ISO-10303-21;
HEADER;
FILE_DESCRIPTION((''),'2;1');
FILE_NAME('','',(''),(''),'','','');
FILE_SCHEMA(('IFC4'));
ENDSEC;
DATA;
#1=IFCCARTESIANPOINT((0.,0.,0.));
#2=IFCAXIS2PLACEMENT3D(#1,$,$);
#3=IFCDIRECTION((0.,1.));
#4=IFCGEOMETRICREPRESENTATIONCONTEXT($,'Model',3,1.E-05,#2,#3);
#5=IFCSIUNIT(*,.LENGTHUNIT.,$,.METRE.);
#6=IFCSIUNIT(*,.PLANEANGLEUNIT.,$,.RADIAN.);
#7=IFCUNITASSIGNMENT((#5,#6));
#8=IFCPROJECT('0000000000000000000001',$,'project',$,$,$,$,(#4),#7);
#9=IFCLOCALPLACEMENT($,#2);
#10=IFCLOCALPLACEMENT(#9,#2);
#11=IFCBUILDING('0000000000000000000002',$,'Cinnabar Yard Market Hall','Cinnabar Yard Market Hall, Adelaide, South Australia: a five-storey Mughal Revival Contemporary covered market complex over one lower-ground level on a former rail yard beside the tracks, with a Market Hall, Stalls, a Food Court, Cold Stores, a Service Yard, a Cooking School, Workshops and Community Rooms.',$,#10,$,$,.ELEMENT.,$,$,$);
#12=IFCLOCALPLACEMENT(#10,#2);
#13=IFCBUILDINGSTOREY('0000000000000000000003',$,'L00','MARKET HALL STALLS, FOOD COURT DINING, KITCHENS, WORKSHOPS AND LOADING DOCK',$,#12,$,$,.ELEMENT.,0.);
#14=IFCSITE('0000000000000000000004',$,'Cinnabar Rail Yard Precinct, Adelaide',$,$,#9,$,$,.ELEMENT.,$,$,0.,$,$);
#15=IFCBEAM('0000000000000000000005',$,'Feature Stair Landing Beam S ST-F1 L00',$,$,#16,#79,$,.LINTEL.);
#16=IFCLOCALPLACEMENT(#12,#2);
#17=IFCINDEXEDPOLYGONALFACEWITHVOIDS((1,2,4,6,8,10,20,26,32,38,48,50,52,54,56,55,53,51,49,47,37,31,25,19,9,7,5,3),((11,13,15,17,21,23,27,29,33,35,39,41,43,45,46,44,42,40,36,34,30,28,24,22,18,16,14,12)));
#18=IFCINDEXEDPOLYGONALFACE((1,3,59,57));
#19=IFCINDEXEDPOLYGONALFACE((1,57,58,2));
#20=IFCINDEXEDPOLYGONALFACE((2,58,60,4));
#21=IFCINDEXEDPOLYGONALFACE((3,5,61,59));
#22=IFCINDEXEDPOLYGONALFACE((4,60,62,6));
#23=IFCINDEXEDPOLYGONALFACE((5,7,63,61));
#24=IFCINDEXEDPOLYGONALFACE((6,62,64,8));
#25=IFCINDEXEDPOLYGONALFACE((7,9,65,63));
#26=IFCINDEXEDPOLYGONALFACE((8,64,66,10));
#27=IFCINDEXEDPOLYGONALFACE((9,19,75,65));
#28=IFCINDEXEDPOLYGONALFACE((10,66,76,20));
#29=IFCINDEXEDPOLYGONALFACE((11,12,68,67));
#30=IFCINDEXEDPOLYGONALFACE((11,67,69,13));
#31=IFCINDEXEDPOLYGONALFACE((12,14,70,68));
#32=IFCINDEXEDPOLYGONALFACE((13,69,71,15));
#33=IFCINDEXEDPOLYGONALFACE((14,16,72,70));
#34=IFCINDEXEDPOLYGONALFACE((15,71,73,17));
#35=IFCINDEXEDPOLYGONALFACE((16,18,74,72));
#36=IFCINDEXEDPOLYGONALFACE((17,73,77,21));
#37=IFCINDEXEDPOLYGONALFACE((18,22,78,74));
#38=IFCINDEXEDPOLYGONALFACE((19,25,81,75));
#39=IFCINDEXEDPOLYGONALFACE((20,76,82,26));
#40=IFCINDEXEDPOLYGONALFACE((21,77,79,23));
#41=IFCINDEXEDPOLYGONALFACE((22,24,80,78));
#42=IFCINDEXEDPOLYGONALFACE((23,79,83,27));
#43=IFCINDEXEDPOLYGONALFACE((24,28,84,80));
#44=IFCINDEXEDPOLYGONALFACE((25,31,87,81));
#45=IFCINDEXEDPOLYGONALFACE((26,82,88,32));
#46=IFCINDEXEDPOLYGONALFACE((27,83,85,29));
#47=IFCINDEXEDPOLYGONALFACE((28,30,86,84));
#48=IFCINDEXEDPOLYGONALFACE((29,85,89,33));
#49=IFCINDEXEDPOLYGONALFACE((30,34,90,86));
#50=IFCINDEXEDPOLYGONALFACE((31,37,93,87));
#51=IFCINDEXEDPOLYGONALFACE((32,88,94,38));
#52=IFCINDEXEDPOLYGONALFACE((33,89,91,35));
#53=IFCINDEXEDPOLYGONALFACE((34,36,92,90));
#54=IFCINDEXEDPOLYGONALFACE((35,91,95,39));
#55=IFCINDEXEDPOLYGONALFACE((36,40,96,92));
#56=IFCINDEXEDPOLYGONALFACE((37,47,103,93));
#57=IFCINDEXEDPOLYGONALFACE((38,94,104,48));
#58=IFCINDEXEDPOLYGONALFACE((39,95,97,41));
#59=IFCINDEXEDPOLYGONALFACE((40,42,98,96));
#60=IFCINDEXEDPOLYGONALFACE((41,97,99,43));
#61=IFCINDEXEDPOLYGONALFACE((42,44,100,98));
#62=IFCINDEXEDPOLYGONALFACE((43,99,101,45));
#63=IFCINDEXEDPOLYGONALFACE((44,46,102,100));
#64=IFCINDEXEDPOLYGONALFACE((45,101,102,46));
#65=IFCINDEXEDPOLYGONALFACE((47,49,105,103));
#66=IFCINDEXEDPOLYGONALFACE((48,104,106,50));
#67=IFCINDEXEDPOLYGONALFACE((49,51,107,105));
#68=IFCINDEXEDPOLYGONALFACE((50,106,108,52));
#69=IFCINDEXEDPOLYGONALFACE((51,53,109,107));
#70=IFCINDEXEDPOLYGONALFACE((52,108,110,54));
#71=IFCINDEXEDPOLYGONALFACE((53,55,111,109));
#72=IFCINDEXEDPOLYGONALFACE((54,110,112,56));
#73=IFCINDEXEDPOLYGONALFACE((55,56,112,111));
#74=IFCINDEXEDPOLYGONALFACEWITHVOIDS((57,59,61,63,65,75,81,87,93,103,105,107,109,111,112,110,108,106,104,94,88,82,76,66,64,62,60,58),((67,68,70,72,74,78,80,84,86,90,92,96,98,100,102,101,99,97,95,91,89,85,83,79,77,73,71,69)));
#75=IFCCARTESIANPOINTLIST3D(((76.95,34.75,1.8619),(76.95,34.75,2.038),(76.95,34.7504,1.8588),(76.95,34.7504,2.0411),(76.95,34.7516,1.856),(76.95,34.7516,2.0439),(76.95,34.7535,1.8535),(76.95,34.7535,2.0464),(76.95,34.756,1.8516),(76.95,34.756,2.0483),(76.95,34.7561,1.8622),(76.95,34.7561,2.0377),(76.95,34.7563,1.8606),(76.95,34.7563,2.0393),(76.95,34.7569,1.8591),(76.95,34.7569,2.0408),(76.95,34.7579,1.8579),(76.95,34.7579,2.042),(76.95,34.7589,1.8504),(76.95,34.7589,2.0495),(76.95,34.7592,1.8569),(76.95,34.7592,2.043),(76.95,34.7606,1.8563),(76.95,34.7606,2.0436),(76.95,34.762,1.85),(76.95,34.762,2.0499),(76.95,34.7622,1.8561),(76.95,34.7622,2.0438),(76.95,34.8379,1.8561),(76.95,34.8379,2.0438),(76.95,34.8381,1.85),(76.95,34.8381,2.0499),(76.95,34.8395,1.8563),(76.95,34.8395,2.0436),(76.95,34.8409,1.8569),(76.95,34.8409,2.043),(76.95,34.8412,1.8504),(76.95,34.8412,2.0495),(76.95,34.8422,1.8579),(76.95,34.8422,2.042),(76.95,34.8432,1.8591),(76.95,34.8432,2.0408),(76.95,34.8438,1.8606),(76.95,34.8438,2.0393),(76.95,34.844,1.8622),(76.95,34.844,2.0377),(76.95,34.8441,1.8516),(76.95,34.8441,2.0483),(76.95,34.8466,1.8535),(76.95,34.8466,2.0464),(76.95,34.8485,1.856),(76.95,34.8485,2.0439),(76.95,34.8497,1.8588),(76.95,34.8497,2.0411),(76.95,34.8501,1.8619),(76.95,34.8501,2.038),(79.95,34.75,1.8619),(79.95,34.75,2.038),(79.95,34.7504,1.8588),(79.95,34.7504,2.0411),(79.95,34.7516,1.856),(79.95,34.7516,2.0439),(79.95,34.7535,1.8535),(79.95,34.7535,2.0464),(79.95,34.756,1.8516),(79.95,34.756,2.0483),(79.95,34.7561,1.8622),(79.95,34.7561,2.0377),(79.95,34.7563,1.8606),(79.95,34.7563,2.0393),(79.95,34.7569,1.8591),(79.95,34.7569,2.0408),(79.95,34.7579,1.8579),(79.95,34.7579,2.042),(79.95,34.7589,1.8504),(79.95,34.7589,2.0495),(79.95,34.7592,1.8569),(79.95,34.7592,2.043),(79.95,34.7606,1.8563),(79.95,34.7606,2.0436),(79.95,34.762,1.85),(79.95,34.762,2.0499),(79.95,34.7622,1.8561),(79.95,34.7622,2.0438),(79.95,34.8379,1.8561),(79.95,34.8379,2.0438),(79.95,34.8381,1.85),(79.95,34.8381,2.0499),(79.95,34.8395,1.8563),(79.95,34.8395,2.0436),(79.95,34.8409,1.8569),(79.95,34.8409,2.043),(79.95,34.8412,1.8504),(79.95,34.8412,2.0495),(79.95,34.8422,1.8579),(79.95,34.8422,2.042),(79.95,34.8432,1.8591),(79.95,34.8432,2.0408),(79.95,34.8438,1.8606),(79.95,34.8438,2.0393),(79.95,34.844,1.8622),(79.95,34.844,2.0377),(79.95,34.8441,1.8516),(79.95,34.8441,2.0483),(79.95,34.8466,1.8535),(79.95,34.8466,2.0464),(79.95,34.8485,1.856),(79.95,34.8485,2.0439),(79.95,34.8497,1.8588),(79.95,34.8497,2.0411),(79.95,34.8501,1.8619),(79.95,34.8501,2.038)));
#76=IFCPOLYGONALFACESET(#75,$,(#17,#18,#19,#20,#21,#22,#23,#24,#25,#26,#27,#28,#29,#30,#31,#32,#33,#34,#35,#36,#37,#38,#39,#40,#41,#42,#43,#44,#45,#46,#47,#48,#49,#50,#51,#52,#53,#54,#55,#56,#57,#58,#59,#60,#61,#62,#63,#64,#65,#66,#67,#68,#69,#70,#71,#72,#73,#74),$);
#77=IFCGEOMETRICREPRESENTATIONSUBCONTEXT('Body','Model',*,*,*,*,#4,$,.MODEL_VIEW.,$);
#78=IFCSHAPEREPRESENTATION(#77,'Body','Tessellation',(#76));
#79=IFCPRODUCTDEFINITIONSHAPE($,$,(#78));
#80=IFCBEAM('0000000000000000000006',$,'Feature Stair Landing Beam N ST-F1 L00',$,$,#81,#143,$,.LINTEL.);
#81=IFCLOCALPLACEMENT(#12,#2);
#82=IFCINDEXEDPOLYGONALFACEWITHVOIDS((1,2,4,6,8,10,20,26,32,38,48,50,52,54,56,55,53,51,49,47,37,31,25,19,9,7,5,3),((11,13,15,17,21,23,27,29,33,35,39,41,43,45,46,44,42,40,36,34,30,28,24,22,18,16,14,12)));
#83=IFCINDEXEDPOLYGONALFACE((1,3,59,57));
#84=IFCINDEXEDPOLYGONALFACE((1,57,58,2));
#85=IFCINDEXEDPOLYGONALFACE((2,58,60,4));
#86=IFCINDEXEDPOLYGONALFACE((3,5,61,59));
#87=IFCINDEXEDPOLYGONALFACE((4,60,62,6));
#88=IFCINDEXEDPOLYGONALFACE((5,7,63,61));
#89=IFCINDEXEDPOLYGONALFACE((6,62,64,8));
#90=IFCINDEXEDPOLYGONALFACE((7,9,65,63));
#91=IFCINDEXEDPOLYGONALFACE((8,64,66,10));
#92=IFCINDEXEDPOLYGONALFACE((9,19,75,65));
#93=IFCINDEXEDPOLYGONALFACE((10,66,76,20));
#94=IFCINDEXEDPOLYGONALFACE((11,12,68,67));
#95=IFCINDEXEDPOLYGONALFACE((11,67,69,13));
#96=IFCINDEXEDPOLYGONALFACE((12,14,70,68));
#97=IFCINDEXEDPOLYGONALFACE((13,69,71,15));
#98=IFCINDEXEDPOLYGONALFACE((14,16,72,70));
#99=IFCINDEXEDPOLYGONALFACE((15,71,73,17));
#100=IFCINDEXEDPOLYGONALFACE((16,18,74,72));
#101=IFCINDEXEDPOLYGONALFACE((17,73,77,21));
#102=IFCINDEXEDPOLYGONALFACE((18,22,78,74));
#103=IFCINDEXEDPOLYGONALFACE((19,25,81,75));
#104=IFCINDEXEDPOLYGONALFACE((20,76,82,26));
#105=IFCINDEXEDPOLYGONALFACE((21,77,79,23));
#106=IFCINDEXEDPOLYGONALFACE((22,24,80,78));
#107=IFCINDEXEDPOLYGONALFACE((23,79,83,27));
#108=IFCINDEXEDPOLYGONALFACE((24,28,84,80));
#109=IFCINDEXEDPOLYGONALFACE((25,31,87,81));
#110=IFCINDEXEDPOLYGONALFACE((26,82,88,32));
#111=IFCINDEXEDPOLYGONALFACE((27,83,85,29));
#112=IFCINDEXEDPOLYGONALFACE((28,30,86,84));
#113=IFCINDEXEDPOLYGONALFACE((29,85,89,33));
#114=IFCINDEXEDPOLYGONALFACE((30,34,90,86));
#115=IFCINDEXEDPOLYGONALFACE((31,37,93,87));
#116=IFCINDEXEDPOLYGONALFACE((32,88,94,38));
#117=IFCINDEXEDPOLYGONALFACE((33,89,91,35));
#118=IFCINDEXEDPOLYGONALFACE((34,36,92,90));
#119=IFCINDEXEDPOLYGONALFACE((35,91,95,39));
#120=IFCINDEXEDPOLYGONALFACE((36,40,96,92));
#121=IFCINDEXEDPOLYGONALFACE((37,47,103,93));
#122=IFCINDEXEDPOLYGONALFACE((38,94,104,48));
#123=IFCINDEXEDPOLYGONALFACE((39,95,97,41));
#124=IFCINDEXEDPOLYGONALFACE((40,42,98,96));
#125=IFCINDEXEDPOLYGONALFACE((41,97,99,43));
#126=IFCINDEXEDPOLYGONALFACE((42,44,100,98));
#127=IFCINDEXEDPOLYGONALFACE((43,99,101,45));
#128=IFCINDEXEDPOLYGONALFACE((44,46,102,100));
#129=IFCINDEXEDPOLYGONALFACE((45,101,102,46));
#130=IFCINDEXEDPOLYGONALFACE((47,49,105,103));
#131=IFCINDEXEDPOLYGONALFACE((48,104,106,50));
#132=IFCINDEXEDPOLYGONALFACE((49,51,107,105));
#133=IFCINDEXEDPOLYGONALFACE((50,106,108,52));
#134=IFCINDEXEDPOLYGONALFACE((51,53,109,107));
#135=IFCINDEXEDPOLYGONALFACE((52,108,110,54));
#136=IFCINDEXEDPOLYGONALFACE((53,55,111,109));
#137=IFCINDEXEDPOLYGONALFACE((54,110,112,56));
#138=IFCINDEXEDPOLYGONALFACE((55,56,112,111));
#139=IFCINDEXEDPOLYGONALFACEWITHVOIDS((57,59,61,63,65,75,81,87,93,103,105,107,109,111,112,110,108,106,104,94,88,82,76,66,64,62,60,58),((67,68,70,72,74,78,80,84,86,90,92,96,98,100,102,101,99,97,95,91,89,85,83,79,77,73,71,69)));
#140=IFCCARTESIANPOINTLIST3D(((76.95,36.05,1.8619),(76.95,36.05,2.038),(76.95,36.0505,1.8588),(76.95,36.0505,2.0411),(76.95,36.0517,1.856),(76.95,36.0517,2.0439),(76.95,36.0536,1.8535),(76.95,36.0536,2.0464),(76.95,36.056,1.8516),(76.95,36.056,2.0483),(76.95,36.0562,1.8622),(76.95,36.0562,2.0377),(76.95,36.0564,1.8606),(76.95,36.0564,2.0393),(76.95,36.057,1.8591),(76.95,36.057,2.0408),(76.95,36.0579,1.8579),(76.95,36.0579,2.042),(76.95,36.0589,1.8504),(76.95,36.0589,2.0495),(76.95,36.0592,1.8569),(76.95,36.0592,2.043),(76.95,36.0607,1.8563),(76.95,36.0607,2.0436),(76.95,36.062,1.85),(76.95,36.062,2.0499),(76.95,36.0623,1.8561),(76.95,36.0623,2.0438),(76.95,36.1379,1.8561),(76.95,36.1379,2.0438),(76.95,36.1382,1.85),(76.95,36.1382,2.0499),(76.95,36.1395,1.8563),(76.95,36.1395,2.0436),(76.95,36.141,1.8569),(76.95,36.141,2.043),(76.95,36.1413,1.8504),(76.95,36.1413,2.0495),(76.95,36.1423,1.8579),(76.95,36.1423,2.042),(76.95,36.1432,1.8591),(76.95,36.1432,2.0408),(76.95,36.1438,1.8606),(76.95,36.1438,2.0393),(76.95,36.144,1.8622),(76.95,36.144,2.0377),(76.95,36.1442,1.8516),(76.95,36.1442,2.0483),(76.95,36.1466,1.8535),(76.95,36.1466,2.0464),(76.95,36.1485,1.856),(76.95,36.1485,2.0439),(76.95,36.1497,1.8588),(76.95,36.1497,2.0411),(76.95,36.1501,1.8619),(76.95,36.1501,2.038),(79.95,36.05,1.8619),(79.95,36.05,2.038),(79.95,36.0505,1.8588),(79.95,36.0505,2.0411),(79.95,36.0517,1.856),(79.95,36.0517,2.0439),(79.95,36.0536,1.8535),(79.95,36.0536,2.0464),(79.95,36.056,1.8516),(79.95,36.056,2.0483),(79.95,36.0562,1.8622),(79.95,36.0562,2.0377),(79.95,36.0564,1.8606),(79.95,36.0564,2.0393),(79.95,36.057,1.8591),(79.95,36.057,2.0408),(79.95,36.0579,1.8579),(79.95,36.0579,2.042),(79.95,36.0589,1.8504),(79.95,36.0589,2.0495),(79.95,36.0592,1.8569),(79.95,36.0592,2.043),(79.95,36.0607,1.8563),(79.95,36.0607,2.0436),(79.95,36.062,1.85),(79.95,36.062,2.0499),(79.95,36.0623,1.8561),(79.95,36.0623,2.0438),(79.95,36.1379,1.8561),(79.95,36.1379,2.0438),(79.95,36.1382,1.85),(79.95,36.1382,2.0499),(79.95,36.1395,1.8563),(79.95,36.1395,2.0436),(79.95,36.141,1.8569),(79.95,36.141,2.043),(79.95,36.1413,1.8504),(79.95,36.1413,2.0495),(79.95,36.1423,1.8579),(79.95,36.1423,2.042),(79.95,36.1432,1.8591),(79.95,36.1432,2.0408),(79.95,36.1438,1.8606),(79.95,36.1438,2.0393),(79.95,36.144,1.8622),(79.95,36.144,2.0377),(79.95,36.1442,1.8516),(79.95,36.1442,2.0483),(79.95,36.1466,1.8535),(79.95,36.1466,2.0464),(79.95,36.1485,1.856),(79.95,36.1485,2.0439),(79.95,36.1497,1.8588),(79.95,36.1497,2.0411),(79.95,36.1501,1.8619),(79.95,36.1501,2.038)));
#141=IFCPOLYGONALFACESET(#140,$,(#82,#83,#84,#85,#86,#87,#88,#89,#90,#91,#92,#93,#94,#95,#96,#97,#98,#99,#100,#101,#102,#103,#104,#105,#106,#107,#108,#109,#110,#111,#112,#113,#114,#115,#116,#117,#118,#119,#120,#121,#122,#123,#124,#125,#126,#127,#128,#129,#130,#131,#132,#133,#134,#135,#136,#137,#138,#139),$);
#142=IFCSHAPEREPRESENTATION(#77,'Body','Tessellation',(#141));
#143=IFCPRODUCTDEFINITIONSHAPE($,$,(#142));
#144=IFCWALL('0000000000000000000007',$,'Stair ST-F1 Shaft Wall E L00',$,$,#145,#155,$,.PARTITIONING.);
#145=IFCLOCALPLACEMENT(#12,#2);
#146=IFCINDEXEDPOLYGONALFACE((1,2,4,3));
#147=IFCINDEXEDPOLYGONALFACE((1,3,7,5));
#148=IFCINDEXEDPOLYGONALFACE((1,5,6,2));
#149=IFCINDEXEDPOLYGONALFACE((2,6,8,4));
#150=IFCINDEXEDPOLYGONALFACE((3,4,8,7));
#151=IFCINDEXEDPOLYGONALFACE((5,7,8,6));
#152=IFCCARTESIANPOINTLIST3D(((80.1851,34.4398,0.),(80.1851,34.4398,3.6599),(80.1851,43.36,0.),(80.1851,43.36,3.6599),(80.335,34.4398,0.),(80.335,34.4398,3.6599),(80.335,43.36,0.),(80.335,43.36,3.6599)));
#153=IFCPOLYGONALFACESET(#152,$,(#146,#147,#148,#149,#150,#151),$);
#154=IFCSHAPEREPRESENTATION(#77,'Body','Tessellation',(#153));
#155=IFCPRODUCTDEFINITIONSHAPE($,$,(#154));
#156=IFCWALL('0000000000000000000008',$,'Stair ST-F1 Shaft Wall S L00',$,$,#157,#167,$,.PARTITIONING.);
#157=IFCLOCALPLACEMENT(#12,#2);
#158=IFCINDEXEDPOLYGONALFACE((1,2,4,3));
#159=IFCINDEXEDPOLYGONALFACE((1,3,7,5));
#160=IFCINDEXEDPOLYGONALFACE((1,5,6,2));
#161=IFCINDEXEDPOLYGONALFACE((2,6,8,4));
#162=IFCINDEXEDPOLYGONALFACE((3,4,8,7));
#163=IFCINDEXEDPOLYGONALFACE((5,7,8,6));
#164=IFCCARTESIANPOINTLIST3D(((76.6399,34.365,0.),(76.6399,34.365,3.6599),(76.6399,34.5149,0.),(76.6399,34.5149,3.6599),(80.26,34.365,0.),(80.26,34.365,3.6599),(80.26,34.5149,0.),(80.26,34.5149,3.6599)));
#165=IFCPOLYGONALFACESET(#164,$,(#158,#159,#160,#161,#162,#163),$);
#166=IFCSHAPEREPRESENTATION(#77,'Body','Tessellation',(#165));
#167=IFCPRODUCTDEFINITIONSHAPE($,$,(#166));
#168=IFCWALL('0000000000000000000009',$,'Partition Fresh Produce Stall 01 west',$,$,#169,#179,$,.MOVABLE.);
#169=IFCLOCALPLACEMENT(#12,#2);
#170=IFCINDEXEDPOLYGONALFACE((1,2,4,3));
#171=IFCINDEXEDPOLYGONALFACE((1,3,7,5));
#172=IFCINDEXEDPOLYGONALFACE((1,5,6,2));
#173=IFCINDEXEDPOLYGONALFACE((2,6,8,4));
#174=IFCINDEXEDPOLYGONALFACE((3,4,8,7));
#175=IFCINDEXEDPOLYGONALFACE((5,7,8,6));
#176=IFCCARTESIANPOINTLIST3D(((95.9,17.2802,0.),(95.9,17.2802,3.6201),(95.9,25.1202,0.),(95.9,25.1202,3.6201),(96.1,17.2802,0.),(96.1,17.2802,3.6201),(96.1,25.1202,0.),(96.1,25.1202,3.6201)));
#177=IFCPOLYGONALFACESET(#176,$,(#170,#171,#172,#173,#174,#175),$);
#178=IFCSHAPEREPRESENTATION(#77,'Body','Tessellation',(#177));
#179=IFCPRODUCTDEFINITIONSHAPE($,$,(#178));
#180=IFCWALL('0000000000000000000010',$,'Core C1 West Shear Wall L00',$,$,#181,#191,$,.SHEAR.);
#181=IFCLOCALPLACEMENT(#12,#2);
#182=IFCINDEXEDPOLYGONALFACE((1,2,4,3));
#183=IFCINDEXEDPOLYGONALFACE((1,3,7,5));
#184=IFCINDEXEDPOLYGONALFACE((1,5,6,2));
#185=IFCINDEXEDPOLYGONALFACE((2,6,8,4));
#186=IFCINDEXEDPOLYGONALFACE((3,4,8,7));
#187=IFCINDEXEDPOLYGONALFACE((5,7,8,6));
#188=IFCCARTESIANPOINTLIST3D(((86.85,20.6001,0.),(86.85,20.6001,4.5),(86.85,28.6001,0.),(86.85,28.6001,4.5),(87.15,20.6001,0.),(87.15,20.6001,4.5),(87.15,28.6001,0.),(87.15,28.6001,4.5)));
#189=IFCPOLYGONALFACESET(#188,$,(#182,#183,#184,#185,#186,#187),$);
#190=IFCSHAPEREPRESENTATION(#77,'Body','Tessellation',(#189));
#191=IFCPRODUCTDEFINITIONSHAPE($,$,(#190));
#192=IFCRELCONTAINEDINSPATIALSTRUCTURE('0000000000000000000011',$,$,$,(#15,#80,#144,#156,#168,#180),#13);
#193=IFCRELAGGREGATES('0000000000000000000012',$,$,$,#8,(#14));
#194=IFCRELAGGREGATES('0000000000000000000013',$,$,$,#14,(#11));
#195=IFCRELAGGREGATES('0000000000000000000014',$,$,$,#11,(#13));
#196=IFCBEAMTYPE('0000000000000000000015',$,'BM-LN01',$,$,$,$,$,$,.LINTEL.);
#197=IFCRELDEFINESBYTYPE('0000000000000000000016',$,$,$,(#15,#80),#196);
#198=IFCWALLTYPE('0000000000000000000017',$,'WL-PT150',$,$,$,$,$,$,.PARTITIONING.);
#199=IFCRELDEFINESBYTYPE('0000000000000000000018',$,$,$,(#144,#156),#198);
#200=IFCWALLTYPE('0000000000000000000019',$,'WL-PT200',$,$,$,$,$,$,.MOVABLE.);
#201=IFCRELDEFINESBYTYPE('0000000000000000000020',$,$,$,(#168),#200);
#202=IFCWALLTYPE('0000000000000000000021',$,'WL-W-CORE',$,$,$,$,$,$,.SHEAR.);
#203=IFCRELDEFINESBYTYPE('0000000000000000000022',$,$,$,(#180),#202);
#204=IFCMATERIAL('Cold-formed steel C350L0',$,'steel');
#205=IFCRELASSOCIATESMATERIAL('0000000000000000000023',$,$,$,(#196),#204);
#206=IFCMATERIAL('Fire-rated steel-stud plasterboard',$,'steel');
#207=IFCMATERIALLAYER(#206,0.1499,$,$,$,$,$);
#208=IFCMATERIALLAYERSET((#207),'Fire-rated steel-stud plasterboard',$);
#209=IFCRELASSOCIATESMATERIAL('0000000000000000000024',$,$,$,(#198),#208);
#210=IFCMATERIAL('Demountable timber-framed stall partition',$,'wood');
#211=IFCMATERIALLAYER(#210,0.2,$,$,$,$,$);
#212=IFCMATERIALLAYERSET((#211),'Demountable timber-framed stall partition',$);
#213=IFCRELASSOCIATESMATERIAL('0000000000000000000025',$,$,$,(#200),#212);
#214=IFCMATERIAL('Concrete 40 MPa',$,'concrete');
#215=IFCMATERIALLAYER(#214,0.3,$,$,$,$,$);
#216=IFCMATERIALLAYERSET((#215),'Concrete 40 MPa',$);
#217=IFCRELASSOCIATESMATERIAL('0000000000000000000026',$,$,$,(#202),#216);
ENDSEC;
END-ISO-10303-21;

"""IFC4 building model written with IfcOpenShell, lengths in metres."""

from ifc_helpers import new_model, si_unit, direction, frame, frame_2d, origin, origin_2d_with_axis, place, context, subcontext, project, spatial, rectangle, hollow_rectangle, extrude, material, layer, layer_set, material_profile, profile_set, type_object, element, save


model = new_model("IFC4")

# Units and contexts
model_context = context("Model", 3, precision=1e-05, world=origin(), true_north=direction((0.0, 1.0)))
body_context = subcontext(model_context, "Body", "Model", "MODEL_VIEW")
ifc_project = project(units=[si_unit("LENGTHUNIT", "METRE"), si_unit("PLANEANGLEUNIT", "RADIAN")], contexts=[model_context])

# Site, building, storey
site_placement = place(None, origin())
site = spatial("IfcSite", under=ifc_project, at=site_placement, Name="Cinnabar Rail Yard Precinct, Adelaide", CompositionType="ELEMENT", RefElevation=0.0)
building_placement = place(site_placement, origin())
building = spatial("IfcBuilding", under=site, at=building_placement, Name="Cinnabar Yard Market Hall", Description="Cinnabar Yard Market Hall, Adelaide, South Australia: a five-storey Mughal Revival Contemporary covered market complex over one lower-ground level on a former rail yard beside the tracks, with a Market Hall, Stalls, a Food Court, Cold Stores, a Service Yard, a Cooking School, Workshops and Community Rooms.", CompositionType="ELEMENT")
storey_placement = place(building_placement, origin())
storey = spatial("IfcBuildingStorey", under=building, at=storey_placement, Name="L00", Description="MARKET HALL STALLS, FOOD COURT DINING, KITCHENS, WORKSHOPS AND LOADING DOCK", CompositionType="ELEMENT", Elevation=0.0)

# Shared definitions
ifc_material_1 = material(Name="Cold-formed steel C350L0", Category="steel")

# Beams
ifc_material_profile_1 = material_profile(ifc_material_1, hollow_rectangle(XDim=0.1001, YDim=0.2, WallThickness=0.0061, InnerFilletRadius=0.0061, OuterFilletRadius=0.012, at=origin_2d_with_axis()), Name="200x100x6.0RHS")
ifc_profile_set_1 = profile_set([ifc_material_profile_1], Name="Cold-formed steel C350L0")
beam_type_1 = type_object("IfcBeamType", Name="BM-LN01", PredefinedType="LINTEL", material=ifc_profile_set_1)
for number, where, z_axis, x_axis, name in (
    (1, (76.95, 34.8, 1.95), (1.0, 0.0, 0.0), (0.0, 1.0, 0.0), "Feature Stair Landing Beam S ST-F1 L00"),
    (2, (76.95, 36.1001, 1.95), (1.0, 0.0, 0.0), (0.0, 1.0, 0.0), "Feature Stair Landing Beam N ST-F1 L00"),
):
    element("IfcBeam", number, at=place(storey_placement, frame(where, z_axis=z_axis, x_axis=x_axis)), inside=storey, type_object=beam_type_1, Name=name, PredefinedType="LINTEL", context=body_context, shape_type="SweptSolid", body=[
        extrude(hollow_rectangle(XDim=0.1001, YDim=0.2, WallThickness=0.0061, InnerFilletRadius=0.0061, OuterFilletRadius=0.012, at=origin_2d_with_axis()), origin(), (0.0, 0.0, 1.0), 3.0),
    ])

# Walls
ifc_material_2 = material(Name="Fire-rated steel-stud plasterboard", Category="steel")
ifc_layer_1 = layer(ifc_material_2, 0.1499)
ifc_layer_set_1 = layer_set([ifc_layer_1], Name="Fire-rated steel-stud plasterboard")
wall_type_1 = type_object("IfcWallType", Name="WL-PT150", PredefinedType="PARTITIONING", material=ifc_layer_set_1)
wall_1_placement = place(storey_placement, frame((80.26, 34.4399, 0.0), z_axis=(0.0, 0.0, 1.0), x_axis=(0.0, 1.0, 0.0)))
element("IfcWall", 3, at=wall_1_placement, inside=storey, type_object=wall_type_1, Name="Stair ST-F1 Shaft Wall E L00", PredefinedType="PARTITIONING", context=body_context, shape_type="SweptSolid", body=[
    extrude(rectangle(XDim=8.9202, YDim=0.1499, at=frame_2d((4.46, 0.0), x_axis=(1.0, 0.0))), origin(), (0.0, 0.0, 1.0), 3.6599),
])
wall_2_placement = place(storey_placement, frame((76.6399, 34.4399, 0.0), z_axis=(0.0, 0.0, 1.0), x_axis=(1.0, 0.0, 0.0)))
element("IfcWall", 4, at=wall_2_placement, inside=storey, type_object=wall_type_1, Name="Stair ST-F1 Shaft Wall S L00", PredefinedType="PARTITIONING", context=body_context, shape_type="SweptSolid", body=[
    extrude(rectangle(XDim=3.6201, YDim=0.1499, at=frame_2d((1.8101, 0.0), x_axis=(1.0, 0.0))), origin(), (0.0, 0.0, 1.0), 3.6599),
])
ifc_material_3 = material(Name="Demountable timber-framed stall partition", Category="wood")
ifc_layer_2 = layer(ifc_material_3, 0.2)
ifc_layer_set_2 = layer_set([ifc_layer_2], Name="Demountable timber-framed stall partition")
wall_type_2 = type_object("IfcWallType", Name="WL-PT200", PredefinedType="MOVABLE", material=ifc_layer_set_2)
wall_3_placement = place(storey_placement, frame((96.0, 25.1201, 0.0), z_axis=(0.0, 0.0, 1.0), x_axis=(0.0, -1.0, 0.0)))
element("IfcWall", 5, at=wall_3_placement, inside=storey, type_object=wall_type_2, Name="Partition Fresh Produce Stall 01 west", PredefinedType="MOVABLE", context=body_context, shape_type="SweptSolid", body=[
    extrude(rectangle(XDim=7.8401, YDim=0.2, at=frame_2d((3.9199, 0.0), x_axis=(1.0, 0.0))), origin(), (0.0, 0.0, 1.0), 3.6201),
])
ifc_material_4 = material(Name="Concrete 40 MPa", Category="concrete")
ifc_layer_3 = layer(ifc_material_4, 0.3)
ifc_layer_set_3 = layer_set([ifc_layer_3], Name="Concrete 40 MPa")
wall_type_3 = type_object("IfcWallType", Name="WL-W-CORE", PredefinedType="SHEAR", material=ifc_layer_set_3)
wall_4_placement = place(storey_placement, frame((87.0, 28.6001, 0.0), z_axis=(0.0, 0.0, 1.0), x_axis=(0.0, -1.0, 0.0)))
element("IfcWall", 6, at=wall_4_placement, inside=storey, type_object=wall_type_3, Name="Core C1 West Shear Wall L00", PredefinedType="SHEAR", context=body_context, shape_type="SweptSolid", body=[
    extrude(rectangle(XDim=8.0, YDim=0.3, at=frame_2d((4.0, 0.0), x_axis=(1.0, 0.0))), origin(), (0.0, 0.0, 1.0), 4.5),
])

save(model, "model.ifc")
